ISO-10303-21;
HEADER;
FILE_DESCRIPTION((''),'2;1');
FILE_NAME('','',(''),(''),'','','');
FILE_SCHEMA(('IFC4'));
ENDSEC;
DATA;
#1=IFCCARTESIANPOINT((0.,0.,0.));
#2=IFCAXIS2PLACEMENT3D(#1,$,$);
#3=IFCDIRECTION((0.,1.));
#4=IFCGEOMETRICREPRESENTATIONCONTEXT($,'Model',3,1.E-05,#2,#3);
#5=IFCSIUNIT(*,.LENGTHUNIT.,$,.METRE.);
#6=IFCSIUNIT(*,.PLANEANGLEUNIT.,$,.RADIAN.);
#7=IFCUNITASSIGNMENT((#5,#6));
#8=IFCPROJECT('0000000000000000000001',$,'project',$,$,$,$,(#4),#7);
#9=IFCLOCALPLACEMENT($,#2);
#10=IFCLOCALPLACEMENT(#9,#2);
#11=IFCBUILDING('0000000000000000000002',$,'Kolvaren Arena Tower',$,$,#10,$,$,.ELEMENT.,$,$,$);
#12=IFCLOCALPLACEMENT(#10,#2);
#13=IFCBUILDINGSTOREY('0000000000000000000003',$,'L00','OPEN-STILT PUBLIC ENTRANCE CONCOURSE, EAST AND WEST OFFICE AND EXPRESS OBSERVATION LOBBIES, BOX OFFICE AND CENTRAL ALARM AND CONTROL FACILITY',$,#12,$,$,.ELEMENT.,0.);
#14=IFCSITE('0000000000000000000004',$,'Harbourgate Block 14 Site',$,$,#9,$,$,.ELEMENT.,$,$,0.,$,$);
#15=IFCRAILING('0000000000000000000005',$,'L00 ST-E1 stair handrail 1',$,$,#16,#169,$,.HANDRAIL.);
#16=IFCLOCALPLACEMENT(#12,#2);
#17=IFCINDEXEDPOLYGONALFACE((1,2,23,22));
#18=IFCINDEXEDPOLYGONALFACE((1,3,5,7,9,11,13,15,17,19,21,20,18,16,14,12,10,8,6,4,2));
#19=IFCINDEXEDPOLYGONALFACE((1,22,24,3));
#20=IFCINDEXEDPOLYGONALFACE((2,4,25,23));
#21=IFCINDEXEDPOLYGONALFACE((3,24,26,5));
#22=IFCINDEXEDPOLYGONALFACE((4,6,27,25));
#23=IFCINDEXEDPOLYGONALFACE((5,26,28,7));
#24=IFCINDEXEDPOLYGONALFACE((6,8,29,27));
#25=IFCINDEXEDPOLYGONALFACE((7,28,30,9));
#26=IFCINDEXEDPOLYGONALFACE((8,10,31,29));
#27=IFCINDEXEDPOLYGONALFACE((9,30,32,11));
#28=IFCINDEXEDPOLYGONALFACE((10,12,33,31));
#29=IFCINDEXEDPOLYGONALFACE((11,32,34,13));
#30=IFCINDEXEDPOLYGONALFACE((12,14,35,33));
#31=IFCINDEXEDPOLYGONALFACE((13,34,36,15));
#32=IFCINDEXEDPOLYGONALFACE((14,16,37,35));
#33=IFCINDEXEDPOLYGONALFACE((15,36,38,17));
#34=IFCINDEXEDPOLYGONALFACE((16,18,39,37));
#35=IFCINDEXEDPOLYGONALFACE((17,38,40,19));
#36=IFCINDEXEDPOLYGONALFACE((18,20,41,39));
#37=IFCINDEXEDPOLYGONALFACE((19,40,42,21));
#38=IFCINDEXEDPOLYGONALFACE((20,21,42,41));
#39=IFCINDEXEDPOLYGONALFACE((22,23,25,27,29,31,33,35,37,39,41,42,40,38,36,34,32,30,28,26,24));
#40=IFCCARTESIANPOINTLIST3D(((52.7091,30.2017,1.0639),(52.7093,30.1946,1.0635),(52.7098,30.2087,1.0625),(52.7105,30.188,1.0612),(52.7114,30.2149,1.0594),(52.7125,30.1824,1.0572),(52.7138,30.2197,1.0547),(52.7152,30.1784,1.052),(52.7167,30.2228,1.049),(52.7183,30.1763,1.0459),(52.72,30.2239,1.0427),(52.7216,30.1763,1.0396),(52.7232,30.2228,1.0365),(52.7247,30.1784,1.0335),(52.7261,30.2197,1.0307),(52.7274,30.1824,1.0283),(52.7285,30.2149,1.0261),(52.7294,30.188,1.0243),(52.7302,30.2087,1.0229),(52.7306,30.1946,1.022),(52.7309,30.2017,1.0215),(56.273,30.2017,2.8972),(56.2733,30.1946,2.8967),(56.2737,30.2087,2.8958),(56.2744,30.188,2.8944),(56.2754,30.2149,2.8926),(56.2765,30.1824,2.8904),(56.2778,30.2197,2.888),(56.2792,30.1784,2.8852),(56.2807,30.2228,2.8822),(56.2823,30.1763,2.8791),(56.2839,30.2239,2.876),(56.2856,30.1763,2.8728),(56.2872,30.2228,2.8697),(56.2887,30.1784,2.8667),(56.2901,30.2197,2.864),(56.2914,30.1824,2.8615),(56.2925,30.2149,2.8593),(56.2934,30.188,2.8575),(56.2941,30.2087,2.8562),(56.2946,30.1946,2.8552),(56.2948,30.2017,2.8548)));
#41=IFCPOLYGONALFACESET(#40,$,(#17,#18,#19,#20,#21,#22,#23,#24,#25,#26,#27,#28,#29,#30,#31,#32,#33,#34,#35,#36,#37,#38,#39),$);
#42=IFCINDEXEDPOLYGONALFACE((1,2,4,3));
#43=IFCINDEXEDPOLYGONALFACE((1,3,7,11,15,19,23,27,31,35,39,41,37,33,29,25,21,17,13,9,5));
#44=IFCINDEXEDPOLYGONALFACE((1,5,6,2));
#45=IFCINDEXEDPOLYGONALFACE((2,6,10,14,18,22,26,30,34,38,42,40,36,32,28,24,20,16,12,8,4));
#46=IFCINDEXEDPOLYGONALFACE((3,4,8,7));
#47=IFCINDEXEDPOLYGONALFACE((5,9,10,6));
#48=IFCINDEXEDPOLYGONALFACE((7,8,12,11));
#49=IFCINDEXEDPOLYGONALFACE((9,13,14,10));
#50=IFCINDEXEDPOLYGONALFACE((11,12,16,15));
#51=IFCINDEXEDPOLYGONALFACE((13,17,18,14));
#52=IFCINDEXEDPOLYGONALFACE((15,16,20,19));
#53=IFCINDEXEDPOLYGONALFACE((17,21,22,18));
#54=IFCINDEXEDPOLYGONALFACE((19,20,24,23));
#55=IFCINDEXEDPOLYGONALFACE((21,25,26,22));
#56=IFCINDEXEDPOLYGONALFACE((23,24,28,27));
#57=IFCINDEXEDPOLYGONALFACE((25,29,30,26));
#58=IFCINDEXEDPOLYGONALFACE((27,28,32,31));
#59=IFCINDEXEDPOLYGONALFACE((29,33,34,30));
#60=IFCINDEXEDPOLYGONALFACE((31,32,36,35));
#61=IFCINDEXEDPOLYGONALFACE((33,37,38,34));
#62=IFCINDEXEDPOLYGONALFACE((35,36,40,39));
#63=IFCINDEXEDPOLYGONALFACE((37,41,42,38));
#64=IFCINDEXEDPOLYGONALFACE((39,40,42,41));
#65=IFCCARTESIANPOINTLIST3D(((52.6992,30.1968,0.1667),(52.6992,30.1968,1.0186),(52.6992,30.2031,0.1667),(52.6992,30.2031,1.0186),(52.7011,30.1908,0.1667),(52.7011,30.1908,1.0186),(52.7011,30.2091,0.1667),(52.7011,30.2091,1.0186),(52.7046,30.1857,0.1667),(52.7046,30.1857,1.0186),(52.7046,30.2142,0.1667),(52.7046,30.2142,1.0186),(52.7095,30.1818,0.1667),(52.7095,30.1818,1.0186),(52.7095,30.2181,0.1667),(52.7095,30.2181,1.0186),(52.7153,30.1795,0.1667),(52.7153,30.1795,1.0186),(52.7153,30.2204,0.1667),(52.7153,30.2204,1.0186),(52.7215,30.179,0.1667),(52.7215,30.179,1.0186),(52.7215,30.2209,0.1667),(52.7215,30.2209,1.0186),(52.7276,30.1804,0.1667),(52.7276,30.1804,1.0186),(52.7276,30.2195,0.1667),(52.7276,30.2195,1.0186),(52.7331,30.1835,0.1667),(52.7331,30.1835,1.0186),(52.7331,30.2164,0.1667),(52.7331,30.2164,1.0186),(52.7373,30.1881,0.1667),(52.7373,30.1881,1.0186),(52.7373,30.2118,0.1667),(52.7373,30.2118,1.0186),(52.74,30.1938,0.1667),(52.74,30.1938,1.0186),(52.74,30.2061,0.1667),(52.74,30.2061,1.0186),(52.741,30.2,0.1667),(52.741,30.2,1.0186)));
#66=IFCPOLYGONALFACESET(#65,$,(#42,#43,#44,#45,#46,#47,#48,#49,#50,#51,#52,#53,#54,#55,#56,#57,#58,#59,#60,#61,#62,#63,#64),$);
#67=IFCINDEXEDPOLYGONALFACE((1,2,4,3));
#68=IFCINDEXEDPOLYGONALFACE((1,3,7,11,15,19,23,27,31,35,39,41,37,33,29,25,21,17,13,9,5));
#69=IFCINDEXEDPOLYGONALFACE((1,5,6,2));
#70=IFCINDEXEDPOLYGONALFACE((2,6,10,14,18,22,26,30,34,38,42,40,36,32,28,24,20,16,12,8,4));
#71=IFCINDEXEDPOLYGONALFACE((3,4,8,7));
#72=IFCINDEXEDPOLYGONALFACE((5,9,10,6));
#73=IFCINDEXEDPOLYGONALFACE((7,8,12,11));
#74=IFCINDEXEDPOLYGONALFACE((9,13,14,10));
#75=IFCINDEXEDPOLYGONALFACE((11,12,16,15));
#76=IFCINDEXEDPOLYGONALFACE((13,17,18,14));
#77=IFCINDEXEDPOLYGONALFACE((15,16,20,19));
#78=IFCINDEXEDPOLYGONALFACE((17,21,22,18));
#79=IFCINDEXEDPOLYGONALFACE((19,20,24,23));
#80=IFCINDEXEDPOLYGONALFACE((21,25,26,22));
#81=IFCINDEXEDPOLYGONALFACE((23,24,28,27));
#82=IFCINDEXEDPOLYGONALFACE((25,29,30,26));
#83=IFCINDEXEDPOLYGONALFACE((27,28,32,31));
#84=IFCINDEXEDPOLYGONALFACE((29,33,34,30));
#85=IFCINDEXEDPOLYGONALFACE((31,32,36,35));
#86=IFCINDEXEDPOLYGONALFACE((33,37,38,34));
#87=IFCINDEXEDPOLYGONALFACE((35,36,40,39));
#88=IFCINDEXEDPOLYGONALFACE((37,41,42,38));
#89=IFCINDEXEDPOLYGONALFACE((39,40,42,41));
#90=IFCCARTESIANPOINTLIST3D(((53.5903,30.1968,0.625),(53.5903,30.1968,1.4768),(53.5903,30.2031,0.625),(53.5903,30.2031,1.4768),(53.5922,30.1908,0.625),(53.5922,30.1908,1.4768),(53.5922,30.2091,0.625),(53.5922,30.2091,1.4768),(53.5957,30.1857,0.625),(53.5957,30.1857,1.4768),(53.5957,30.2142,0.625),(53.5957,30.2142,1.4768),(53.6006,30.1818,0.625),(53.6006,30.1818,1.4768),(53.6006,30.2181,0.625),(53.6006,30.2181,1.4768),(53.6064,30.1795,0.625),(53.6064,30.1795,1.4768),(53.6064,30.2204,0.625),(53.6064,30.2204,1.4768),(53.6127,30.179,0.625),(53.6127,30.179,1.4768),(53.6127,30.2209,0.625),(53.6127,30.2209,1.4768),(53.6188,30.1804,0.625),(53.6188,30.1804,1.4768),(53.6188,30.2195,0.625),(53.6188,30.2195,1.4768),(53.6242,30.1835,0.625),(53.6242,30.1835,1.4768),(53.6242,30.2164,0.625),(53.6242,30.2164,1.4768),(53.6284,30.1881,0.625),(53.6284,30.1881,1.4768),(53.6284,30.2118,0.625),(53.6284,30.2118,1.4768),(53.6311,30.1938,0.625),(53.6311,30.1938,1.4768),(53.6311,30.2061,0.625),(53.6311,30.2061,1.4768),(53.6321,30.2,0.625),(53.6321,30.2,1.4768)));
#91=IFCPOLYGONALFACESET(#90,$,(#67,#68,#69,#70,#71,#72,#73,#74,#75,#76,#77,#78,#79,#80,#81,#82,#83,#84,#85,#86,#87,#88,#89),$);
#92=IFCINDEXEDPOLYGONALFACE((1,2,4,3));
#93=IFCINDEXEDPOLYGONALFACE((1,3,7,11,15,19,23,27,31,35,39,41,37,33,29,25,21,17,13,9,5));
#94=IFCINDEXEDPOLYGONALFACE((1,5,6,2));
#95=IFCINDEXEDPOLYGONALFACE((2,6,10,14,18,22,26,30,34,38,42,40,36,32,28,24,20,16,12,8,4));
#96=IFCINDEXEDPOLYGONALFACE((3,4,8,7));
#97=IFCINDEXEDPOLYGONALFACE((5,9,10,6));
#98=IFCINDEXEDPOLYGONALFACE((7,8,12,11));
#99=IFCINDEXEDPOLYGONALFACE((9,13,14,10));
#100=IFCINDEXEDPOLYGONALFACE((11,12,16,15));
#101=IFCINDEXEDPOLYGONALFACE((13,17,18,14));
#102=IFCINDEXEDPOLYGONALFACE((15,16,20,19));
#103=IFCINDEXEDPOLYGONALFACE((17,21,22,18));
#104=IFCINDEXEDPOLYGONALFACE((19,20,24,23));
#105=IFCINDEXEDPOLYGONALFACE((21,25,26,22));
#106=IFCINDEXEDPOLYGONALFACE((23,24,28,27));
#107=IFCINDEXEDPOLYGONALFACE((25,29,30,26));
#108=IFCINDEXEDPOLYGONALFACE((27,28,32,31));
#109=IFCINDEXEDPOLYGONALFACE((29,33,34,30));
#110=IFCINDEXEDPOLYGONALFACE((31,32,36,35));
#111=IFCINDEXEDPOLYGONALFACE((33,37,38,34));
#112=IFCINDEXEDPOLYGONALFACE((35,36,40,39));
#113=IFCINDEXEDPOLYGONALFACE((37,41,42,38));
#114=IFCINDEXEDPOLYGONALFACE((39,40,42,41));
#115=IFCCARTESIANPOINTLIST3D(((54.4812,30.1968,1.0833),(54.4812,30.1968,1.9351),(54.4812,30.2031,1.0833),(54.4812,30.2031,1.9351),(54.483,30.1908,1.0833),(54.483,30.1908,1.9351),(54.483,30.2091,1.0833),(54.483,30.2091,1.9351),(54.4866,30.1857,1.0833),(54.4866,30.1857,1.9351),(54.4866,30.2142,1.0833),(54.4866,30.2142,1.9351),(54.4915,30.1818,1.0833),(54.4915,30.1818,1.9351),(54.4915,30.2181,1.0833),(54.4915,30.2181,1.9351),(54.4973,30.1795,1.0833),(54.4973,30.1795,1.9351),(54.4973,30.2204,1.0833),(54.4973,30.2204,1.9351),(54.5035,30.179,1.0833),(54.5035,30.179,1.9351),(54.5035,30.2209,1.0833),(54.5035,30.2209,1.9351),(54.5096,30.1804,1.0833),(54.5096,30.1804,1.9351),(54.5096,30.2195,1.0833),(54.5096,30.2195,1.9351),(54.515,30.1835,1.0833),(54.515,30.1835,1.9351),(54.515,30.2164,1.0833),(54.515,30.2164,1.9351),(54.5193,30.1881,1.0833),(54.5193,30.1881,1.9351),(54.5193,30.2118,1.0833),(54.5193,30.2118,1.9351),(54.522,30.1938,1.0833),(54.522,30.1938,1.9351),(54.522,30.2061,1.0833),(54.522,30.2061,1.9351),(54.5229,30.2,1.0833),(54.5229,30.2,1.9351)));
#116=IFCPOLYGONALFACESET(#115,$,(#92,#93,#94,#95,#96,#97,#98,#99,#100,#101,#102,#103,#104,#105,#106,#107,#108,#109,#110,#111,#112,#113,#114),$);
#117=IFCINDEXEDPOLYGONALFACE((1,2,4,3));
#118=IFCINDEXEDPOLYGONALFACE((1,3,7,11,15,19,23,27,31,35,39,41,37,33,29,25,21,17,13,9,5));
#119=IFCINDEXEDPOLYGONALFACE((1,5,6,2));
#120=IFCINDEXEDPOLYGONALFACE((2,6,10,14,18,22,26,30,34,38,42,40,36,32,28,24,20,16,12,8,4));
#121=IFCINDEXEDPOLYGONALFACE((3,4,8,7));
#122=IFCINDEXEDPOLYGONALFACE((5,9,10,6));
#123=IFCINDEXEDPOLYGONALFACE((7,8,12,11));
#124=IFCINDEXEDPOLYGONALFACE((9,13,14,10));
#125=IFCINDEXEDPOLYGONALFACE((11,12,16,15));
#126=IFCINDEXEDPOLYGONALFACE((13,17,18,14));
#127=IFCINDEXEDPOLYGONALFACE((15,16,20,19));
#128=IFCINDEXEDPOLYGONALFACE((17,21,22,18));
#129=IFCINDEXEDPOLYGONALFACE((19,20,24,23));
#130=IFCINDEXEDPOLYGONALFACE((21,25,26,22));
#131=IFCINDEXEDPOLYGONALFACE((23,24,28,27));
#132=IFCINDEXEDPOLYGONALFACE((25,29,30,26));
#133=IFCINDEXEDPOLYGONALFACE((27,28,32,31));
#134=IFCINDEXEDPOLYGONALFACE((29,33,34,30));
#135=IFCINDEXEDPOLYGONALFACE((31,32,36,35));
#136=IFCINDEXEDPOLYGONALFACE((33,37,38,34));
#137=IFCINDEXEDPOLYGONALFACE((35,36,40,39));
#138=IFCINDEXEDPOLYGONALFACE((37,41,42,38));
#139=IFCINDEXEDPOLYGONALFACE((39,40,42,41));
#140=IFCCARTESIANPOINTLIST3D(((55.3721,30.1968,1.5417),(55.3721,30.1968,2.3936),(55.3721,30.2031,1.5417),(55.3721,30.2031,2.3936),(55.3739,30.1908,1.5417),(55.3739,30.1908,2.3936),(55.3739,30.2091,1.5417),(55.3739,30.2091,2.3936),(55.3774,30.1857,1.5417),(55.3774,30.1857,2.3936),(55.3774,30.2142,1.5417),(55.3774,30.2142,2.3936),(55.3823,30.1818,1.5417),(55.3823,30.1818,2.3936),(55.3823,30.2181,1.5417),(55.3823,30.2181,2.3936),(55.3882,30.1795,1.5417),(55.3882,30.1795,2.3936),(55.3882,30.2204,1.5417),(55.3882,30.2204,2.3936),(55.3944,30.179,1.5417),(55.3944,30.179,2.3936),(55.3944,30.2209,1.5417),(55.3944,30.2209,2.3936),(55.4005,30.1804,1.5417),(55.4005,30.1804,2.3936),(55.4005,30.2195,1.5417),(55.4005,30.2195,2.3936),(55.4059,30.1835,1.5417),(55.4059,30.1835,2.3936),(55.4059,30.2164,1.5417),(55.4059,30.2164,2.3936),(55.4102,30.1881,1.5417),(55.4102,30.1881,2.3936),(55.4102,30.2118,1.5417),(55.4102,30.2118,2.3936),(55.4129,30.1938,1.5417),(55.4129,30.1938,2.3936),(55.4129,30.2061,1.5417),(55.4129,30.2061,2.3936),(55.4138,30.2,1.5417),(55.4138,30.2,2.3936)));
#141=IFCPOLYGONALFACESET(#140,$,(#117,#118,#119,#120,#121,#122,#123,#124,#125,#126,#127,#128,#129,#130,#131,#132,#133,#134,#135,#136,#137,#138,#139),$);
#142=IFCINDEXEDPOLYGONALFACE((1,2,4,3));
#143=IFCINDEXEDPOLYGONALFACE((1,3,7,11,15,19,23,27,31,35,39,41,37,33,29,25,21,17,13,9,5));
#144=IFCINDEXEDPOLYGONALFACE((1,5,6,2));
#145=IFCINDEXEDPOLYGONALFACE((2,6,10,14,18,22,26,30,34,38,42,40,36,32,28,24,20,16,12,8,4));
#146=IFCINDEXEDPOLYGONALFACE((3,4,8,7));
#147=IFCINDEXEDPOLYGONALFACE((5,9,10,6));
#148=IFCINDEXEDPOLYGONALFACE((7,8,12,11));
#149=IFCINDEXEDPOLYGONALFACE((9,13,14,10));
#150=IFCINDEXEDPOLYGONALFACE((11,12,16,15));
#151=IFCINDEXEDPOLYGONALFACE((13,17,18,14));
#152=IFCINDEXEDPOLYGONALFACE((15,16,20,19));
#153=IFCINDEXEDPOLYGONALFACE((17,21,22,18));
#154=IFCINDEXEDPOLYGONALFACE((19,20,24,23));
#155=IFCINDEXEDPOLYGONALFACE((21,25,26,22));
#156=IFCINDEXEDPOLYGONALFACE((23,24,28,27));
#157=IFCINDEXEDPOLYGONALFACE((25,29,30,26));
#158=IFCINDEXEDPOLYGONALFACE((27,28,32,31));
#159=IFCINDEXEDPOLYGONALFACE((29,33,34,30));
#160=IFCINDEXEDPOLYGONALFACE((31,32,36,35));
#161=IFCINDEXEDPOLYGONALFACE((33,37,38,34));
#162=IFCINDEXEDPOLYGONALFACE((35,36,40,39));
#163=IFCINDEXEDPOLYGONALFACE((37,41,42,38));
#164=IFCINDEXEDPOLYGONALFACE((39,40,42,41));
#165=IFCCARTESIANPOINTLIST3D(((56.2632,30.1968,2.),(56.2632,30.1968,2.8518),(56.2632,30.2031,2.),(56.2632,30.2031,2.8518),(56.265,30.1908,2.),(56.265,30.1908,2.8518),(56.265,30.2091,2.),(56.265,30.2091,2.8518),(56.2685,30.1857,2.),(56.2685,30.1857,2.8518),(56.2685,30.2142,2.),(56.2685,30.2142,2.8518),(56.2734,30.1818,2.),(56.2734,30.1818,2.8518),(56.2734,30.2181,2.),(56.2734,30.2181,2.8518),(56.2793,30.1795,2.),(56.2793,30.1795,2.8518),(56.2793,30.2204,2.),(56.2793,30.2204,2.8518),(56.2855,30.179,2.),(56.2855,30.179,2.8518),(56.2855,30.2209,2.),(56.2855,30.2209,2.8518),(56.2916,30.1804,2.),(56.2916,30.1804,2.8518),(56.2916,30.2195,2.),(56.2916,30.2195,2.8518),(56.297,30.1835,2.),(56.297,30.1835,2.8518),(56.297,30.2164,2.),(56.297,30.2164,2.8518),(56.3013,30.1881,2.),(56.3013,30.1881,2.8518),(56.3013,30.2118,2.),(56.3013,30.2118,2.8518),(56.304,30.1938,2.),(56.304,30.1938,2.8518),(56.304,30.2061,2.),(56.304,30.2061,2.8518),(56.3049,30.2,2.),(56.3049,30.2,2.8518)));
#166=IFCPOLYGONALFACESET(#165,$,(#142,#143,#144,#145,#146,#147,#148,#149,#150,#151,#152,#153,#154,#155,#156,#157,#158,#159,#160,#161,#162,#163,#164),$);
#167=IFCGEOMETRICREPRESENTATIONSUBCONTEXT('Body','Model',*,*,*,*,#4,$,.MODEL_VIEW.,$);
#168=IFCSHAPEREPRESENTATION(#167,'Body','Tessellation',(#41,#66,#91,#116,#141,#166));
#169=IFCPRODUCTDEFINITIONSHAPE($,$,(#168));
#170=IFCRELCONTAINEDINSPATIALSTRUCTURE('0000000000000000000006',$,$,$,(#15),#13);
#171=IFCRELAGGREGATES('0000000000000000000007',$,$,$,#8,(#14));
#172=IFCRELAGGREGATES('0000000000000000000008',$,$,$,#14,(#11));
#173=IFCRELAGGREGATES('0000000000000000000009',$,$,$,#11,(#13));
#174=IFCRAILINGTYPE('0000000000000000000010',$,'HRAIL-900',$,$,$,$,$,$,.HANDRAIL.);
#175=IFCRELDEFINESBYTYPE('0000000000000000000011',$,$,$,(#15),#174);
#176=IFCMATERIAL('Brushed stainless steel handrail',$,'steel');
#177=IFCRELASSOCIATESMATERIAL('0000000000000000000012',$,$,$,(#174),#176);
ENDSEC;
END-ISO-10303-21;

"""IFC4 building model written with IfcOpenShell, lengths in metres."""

from ifc_helpers import new_model, si_unit, direction, frame, origin, origin_2d, place, context, subcontext, project, spatial, circle, extrude, material, type_object, element, save


model = new_model("IFC4")

# Units and contexts
model_context = context("Model", 3, precision=1e-05, world=origin(), true_north=direction((0.0, 1.0)))
body_context = subcontext(model_context, "Body", "Model", "MODEL_VIEW")
ifc_project = project(units=[si_unit("LENGTHUNIT", "METRE"), si_unit("PLANEANGLEUNIT", "RADIAN")], contexts=[model_context])

# Site, building, storey
site_placement = place(None, origin())
site = spatial("IfcSite", under=ifc_project, at=site_placement, Name="Harbourgate Block 14 Site", CompositionType="ELEMENT", RefElevation=0.0)
building_placement = place(site_placement, origin())
building = spatial("IfcBuilding", under=site, at=building_placement, Name="Kolvaren Arena Tower", CompositionType="ELEMENT")
storey_placement = place(building_placement, origin())
storey = spatial("IfcBuildingStorey", under=building, at=storey_placement, Name="L00", Description="OPEN-STILT PUBLIC ENTRANCE CONCOURSE, EAST AND WEST OFFICE AND EXPRESS OBSERVATION LOBBIES, BOX OFFICE AND CENTRAL ALARM AND CONTROL FACILITY", CompositionType="ELEMENT", Elevation=0.0)

# Railing
ifc_material_1 = material(Name="Brushed stainless steel handrail", Category="steel")
railing_type_1 = type_object("IfcRailingType", Name="HRAIL-900", PredefinedType="HANDRAIL", material=ifc_material_1)
for number, where, name in (
    (1, (52.72, 30.2, 0.1667), "L00 ST-E1 stair handrail 1"),
):
    element("IfcRailing", number, at=place(storey_placement, frame(where)), inside=storey, type_object=railing_type_1, Name=name, PredefinedType="HANDRAIL", context=body_context, shape_type="SweptSolid", body=[
        extrude(circle(Radius=0.0239, at=origin_2d()), frame((0.0, 0.0, 0.876), z_axis=(0.889252, 0.0, 0.457418), x_axis=(0.0, 1.0, 0.0)), (0.0, 0.0, 1.0), 4.0078),
        extrude(circle(Radius=0.021, at=origin_2d()), origin(), (0.0, 0.0, 1.0), 0.8518),
        extrude(circle(Radius=0.021, at=origin_2d()), frame((0.8911, 0.0, 0.4583)), (0.0, 0.0, 1.0), 0.8518),
        extrude(circle(Radius=0.021, at=origin_2d()), frame((1.782, 0.0, 0.9165)), (0.0, 0.0, 1.0), 0.8518),
        extrude(circle(Radius=0.021, at=origin_2d()), frame((2.6729, 0.0, 1.375)), (0.0, 0.0, 1.0), 0.8518),
        extrude(circle(Radius=0.021, at=origin_2d()), frame((3.564, 0.0, 1.8333)), (0.0, 0.0, 1.0), 0.8518),
    ])

save(model, "model.ifc")
